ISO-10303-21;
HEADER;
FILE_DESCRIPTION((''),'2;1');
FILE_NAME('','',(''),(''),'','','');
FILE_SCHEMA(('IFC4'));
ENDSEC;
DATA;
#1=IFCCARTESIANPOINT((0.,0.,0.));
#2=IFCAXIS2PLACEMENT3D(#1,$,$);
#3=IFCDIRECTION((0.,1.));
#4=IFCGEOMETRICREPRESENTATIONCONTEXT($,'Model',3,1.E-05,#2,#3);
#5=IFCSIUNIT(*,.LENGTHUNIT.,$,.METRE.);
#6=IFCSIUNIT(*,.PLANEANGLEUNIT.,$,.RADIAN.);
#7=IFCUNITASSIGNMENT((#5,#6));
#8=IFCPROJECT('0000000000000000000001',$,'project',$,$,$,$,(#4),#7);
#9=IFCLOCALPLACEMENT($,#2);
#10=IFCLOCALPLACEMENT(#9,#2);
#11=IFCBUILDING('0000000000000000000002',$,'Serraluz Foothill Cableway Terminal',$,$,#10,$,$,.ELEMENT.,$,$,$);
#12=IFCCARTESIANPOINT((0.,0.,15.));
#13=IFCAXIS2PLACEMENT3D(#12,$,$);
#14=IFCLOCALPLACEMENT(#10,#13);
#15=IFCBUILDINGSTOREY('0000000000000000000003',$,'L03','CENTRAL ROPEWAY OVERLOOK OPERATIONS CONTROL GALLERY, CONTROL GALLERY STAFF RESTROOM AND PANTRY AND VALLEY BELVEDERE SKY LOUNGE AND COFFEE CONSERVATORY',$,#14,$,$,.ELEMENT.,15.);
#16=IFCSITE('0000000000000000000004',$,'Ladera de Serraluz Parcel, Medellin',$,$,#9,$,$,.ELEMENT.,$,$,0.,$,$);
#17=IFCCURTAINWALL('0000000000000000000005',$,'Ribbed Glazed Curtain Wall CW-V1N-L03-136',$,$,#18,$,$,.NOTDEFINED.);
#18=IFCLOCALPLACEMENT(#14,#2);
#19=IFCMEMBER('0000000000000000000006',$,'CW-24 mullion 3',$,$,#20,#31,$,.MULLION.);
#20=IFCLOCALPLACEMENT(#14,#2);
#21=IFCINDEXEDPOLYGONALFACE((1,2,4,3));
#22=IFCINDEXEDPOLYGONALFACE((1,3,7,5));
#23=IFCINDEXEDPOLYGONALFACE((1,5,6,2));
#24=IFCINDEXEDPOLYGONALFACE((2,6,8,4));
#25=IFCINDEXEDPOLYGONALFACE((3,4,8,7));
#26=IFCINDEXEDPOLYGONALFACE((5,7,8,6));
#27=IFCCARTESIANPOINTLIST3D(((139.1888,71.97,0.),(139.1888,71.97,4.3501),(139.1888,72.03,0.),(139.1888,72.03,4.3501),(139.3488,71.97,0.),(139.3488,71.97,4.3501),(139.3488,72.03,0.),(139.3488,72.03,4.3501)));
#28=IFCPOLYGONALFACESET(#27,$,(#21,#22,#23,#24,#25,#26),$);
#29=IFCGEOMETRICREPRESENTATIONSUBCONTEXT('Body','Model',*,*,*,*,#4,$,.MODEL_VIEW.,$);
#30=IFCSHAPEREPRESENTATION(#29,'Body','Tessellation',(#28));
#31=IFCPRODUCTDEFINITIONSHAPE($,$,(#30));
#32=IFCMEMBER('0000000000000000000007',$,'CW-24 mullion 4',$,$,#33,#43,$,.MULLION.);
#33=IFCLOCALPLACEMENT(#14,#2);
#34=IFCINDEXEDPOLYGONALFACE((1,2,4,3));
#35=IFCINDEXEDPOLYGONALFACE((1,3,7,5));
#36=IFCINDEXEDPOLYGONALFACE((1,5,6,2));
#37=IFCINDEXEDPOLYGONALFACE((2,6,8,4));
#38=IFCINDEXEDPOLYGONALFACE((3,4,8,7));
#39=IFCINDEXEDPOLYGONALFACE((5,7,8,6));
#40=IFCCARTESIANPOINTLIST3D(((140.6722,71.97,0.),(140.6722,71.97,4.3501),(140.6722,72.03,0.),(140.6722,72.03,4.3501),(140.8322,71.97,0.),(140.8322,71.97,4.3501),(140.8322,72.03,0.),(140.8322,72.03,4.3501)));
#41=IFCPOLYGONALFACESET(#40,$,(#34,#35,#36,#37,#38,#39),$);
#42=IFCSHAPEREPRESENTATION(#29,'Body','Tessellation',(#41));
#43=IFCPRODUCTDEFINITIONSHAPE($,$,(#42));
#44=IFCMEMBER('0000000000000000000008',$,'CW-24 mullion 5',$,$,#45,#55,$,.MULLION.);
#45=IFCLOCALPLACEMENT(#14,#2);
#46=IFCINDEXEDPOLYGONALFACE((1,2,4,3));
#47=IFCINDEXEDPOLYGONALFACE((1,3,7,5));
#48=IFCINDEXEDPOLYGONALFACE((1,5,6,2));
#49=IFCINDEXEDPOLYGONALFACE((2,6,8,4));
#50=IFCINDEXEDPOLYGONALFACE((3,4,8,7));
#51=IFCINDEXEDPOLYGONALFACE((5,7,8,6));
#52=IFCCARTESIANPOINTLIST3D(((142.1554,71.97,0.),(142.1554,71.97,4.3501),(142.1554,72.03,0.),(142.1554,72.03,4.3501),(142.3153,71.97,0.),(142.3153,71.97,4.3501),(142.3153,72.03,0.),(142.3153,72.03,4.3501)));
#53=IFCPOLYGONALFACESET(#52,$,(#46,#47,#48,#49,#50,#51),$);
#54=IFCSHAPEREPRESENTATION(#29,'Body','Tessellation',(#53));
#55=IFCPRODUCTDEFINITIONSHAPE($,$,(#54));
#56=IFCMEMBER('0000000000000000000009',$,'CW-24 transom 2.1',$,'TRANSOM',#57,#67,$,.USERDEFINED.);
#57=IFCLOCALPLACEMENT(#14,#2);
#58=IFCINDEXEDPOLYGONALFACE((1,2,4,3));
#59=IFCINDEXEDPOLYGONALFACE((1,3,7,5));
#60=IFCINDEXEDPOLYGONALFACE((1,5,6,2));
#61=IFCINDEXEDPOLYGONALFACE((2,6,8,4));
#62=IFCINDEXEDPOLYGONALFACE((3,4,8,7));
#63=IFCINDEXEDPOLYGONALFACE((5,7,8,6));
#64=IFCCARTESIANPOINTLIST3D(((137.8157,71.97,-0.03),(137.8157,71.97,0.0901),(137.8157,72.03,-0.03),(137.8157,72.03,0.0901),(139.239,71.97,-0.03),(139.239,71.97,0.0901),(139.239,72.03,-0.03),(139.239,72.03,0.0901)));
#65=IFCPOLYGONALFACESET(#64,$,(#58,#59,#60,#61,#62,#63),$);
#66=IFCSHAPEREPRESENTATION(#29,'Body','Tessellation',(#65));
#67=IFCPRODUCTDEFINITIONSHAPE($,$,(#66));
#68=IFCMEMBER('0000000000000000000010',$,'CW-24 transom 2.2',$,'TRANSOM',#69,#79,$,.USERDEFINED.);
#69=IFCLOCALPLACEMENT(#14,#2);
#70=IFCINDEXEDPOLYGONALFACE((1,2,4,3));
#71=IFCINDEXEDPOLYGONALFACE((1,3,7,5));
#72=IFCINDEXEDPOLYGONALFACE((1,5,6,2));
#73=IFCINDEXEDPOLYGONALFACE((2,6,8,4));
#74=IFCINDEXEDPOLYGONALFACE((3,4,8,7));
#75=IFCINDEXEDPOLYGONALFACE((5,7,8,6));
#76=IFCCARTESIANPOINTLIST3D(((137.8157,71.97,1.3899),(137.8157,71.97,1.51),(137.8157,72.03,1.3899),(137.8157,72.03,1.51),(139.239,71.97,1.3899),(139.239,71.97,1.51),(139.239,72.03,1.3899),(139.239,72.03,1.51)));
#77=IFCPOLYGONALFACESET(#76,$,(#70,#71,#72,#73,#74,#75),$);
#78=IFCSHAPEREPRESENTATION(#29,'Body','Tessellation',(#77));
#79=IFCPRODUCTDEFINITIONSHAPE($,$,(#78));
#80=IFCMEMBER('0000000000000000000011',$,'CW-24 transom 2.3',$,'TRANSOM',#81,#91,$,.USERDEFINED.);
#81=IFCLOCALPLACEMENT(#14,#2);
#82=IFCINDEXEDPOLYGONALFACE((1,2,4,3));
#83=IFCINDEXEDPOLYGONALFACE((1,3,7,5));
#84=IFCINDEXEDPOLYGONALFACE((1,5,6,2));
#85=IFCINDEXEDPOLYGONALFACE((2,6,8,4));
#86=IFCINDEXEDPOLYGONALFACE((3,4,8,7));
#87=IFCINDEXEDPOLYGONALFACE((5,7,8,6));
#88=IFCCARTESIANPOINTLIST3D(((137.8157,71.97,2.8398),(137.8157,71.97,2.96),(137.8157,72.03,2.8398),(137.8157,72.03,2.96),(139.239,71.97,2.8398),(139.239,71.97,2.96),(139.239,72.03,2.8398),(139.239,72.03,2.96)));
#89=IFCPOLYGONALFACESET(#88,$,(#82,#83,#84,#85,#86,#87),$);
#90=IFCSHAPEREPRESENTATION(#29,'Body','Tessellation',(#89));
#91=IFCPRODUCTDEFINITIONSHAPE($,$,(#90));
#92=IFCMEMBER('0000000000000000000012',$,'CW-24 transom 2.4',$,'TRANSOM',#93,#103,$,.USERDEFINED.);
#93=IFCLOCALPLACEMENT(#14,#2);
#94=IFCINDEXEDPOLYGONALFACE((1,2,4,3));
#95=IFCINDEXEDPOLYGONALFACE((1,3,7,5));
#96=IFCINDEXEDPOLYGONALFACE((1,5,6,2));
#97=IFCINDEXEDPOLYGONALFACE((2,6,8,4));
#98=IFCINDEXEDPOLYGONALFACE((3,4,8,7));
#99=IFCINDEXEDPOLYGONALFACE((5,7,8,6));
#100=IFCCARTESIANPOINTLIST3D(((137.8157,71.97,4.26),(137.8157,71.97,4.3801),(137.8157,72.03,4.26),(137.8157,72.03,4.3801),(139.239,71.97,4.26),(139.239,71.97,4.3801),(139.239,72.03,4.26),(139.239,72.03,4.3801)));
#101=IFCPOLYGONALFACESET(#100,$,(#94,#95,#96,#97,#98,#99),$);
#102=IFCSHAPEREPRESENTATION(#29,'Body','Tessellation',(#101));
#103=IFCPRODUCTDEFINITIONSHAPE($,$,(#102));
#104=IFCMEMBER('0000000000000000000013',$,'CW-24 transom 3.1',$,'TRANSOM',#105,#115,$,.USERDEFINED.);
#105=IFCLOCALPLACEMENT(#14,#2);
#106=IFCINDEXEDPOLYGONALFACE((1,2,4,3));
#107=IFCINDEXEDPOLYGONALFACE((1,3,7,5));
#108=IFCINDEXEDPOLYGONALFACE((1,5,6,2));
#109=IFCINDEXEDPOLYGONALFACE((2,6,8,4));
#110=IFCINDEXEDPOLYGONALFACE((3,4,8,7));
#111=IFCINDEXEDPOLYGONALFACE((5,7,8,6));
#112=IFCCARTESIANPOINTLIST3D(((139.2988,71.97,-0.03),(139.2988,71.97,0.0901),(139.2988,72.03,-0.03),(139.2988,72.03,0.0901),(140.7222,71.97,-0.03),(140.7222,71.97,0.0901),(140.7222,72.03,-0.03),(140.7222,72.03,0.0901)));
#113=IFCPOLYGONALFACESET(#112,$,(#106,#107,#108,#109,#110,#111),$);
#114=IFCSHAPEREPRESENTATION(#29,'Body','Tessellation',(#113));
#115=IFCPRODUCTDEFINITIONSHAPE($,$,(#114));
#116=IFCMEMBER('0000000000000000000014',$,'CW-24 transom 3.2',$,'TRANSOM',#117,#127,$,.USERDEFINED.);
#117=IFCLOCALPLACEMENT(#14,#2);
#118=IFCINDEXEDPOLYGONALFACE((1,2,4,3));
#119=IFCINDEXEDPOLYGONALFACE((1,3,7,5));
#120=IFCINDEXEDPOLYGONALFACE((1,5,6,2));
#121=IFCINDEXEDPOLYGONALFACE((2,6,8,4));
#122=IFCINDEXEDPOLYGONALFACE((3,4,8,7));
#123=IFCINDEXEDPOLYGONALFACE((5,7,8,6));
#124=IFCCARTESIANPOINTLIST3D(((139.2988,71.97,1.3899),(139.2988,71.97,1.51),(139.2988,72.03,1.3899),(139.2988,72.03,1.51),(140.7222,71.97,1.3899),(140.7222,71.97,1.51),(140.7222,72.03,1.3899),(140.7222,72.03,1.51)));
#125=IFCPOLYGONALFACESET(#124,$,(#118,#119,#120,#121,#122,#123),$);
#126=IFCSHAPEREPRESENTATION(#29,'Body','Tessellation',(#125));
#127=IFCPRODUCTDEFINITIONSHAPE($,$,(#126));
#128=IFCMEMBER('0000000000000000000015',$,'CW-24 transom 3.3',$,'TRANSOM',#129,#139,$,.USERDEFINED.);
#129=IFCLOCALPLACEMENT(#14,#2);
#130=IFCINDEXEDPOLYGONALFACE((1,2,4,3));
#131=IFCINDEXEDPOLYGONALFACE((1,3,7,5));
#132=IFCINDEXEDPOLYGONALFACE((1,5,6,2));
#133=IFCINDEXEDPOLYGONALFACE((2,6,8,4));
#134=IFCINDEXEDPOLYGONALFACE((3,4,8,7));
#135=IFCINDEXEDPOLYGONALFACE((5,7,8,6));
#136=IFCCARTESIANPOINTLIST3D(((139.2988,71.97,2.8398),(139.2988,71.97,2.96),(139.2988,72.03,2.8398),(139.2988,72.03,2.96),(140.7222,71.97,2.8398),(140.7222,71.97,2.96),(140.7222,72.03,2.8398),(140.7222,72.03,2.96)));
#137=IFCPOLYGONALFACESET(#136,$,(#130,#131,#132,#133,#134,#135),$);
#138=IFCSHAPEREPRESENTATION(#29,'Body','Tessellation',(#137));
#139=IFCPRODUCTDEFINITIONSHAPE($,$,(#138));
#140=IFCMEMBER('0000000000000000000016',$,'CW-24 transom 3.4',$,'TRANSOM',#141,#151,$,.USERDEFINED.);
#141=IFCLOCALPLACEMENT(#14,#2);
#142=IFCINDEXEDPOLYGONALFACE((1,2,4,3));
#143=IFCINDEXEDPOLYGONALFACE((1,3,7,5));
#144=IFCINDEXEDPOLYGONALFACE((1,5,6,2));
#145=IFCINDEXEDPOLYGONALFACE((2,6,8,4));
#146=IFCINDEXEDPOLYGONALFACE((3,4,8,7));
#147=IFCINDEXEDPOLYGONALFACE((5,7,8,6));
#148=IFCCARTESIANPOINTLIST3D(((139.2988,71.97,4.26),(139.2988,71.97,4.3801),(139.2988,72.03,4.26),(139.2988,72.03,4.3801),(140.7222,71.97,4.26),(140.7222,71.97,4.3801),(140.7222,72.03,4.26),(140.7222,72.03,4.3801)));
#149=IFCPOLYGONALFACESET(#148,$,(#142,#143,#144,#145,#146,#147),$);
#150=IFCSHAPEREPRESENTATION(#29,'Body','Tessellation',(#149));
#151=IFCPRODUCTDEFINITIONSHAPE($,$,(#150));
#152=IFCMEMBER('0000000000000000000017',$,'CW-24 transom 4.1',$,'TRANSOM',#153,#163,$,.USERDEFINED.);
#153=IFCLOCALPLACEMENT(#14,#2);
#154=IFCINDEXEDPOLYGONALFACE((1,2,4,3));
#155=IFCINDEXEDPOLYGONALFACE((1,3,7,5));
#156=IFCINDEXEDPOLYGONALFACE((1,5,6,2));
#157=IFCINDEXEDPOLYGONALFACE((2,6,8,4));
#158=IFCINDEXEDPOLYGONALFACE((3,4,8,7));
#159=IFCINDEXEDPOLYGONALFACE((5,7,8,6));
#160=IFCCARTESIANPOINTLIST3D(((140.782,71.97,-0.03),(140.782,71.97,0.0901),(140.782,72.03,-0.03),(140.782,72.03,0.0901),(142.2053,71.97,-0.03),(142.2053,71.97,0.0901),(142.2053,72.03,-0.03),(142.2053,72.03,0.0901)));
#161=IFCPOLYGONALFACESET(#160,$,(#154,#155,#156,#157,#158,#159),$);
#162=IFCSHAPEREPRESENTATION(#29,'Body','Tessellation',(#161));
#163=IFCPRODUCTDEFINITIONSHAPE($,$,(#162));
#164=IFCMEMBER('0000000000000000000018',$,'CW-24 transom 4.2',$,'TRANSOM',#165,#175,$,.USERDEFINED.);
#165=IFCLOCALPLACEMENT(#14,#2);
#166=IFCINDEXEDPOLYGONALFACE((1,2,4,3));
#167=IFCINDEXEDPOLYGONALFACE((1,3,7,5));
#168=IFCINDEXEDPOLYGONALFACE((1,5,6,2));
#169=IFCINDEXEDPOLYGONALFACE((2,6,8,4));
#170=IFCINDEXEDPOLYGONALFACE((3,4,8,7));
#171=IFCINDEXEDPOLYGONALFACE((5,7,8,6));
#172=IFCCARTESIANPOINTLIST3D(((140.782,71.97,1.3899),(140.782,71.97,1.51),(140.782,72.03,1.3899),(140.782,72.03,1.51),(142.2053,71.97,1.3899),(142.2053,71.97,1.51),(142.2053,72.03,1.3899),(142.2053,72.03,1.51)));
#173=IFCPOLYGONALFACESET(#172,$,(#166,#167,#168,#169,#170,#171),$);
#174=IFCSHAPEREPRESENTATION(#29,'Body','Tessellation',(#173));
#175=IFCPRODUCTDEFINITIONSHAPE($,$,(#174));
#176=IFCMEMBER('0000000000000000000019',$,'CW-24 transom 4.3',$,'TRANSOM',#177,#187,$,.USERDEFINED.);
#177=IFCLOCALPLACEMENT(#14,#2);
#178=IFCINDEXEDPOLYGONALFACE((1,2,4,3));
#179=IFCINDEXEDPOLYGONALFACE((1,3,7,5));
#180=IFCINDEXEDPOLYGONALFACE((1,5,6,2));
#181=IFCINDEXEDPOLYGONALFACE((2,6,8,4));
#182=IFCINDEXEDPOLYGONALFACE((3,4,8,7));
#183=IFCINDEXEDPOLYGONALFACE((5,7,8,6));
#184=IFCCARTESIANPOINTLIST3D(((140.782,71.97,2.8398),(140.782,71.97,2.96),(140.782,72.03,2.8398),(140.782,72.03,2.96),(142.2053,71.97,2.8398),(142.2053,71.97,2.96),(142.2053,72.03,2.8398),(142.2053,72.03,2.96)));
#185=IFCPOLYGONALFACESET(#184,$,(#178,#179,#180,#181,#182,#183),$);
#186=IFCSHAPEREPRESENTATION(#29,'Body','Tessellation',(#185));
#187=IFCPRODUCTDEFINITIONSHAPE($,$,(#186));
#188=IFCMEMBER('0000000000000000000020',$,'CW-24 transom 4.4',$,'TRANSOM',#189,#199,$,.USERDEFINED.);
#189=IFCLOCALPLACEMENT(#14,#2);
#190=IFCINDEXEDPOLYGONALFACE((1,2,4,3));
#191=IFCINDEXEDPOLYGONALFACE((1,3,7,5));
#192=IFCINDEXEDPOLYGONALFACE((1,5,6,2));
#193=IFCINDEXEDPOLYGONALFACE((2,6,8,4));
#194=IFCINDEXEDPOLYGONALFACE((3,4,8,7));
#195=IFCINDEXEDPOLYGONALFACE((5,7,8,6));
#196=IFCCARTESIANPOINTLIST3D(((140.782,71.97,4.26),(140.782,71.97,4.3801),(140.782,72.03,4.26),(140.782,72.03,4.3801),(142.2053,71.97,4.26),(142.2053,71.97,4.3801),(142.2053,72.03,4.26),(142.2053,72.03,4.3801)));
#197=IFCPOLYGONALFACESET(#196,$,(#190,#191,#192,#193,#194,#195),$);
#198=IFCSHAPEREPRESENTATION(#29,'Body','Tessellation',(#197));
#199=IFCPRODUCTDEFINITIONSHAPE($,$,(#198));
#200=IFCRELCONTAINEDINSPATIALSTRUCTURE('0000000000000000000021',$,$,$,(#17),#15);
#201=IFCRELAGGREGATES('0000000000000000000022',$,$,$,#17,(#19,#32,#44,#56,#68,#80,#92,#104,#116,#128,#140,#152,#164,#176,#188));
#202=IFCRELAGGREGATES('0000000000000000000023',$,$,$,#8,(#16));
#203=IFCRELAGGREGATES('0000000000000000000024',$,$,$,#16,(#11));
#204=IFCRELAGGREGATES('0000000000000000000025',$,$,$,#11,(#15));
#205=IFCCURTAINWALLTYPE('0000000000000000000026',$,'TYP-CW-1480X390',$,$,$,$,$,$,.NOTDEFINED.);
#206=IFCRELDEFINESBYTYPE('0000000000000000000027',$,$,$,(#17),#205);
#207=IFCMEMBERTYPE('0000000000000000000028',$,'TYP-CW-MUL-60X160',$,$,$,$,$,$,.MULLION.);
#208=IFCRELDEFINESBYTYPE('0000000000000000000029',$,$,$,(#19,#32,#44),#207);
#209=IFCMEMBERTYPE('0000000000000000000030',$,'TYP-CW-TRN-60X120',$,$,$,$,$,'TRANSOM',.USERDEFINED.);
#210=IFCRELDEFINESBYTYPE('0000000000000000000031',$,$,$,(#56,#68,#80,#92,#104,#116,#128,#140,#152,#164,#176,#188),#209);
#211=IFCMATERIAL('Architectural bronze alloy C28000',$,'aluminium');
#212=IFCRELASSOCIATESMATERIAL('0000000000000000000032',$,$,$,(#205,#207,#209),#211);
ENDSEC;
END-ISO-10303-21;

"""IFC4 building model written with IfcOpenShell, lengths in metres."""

from ifc_helpers import new_model, si_unit, direction, frame, origin, origin_2d, place, context, subcontext, project, spatial, rectangle, extrude, material, material_profile, profile_set, type_object, element, aggregate, save


model = new_model("IFC4")

# Units and contexts
model_context = context("Model", 3, precision=1e-05, world=origin(), true_north=direction((0.0, 1.0)))
body_context = subcontext(model_context, "Body", "Model", "MODEL_VIEW")
ifc_project = project(units=[si_unit("LENGTHUNIT", "METRE"), si_unit("PLANEANGLEUNIT", "RADIAN")], contexts=[model_context])

# Site, building, storey
site_placement = place(None, origin())
site = spatial("IfcSite", under=ifc_project, at=site_placement, Name="Ladera de Serraluz Parcel, Medellin", CompositionType="ELEMENT", RefElevation=0.0)
building_placement = place(site_placement, origin())
building = spatial("IfcBuilding", under=site, at=building_placement, Name="Serraluz Foothill Cableway Terminal", CompositionType="ELEMENT")
storey_placement = place(building_placement, frame((0.0, 0.0, 15.0)))
storey = spatial("IfcBuildingStorey", under=building, at=storey_placement, Name="L03", Description="CENTRAL ROPEWAY OVERLOOK OPERATIONS CONTROL GALLERY, CONTROL GALLERY STAFF RESTROOM AND PANTRY AND VALLEY BELVEDERE SKY LOUNGE AND COFFEE CONSERVATORY", CompositionType="ELEMENT", Elevation=15.0)

# Curtain wall, members
ifc_material_1 = material(Name="Architectural bronze alloy C28000", Category="aluminium")
curtain_wall_type = type_object("IfcCurtainWallType", Name="TYP-CW-1480X390", PredefinedType="NOTDEFINED", material=ifc_material_1)
curtain_wall_placement = place(storey_placement, origin())
curtain_wall = element("IfcCurtainWall", 1, at=curtain_wall_placement, inside=storey, type_object=curtain_wall_type, Name="Ribbed Glazed Curtain Wall CW-V1N-L03-136", PredefinedType="NOTDEFINED")
ifc_material_profile_1 = material_profile(ifc_material_1, rectangle(XDim=0.0601, YDim=0.1599, at=origin_2d()), Name="ALU MULLION 60x160")
ifc_profile_set_1 = profile_set([ifc_material_profile_1], Name="Architectural bronze alloy C28000")
member_type_1 = type_object("IfcMemberType", Name="TYP-CW-MUL-60X160", PredefinedType="MULLION", material=ifc_profile_set_1)
member_1_placement = place(storey_placement, frame((139.2688, 72.0, 0.0), z_axis=(0.0, 0.0, 1.0), x_axis=(0.0, 1.0, 0.0)))
member_1 = element("IfcMember", 2, at=member_1_placement, type_object=member_type_1, Name="CW-24 mullion 3", PredefinedType="MULLION", context=body_context, shape_type="SweptSolid", body=[
    extrude(rectangle(XDim=0.0601, YDim=0.1599, at=origin_2d()), origin(), (0.0, 0.0, 1.0), 4.3501),
])
member_2_placement = place(storey_placement, frame((140.7522, 72.0, 0.0), z_axis=(0.0, 0.0, 1.0), x_axis=(0.0, 1.0, 0.0)))
member_2 = element("IfcMember", 3, at=member_2_placement, type_object=member_type_1, Name="CW-24 mullion 4", PredefinedType="MULLION", context=body_context, shape_type="SweptSolid", body=[
    extrude(rectangle(XDim=0.0601, YDim=0.1599, at=origin_2d()), origin(), (0.0, 0.0, 1.0), 4.3501),
])
member_3_placement = place(storey_placement, frame((142.2354, 72.0, 0.0), z_axis=(0.0, 0.0, 1.0), x_axis=(0.0, 1.0, 0.0)))
member_3 = element("IfcMember", 4, at=member_3_placement, type_object=member_type_1, Name="CW-24 mullion 5", PredefinedType="MULLION", context=body_context, shape_type="SweptSolid", body=[
    extrude(rectangle(XDim=0.0601, YDim=0.1599, at=origin_2d()), origin(), (0.0, 0.0, 1.0), 4.3501),
])
ifc_material_profile_2 = material_profile(ifc_material_1, rectangle(XDim=0.0601, YDim=0.1201, at=origin_2d()), Name="ALU TRANSOM 60x120")
ifc_profile_set_2 = profile_set([ifc_material_profile_2], Name="Architectural bronze alloy C28000")
member_type_2 = type_object("IfcMemberType", Name="TYP-CW-TRN-60X120", ElementType="TRANSOM", PredefinedType="USERDEFINED", material=ifc_profile_set_2)
member_4_placement = place(storey_placement, frame((137.8157, 72.0, 0.03), z_axis=(1.0, 0.0, 0.0), x_axis=(0.0, 1.0, 0.0)))
member_4 = element("IfcMember", 5, at=member_4_placement, type_object=member_type_2, Name="CW-24 transom 2.1", ObjectType="TRANSOM", PredefinedType="USERDEFINED", context=body_context, shape_type="SweptSolid", body=[
    extrude(rectangle(XDim=0.0601, YDim=0.1201, at=origin_2d()), origin(), (0.0, 0.0, 1.0), 1.4233),
])
member_5_placement = place(storey_placement, frame((137.8157, 72.0, 1.45), z_axis=(1.0, 0.0, 0.0), x_axis=(0.0, 1.0, 0.0)))
member_5 = element("IfcMember", 6, at=member_5_placement, type_object=member_type_2, Name="CW-24 transom 2.2", ObjectType="TRANSOM", PredefinedType="USERDEFINED", context=body_context, shape_type="SweptSolid", body=[
    extrude(rectangle(XDim=0.0601, YDim=0.1201, at=origin_2d()), origin(), (0.0, 0.0, 1.0), 1.4233),
])
member_6_placement = place(storey_placement, frame((137.8157, 72.0, 2.8999), z_axis=(1.0, 0.0, 0.0), x_axis=(0.0, 1.0, 0.0)))
member_6 = element("IfcMember", 7, at=member_6_placement, type_object=member_type_2, Name="CW-24 transom 2.3", ObjectType="TRANSOM", PredefinedType="USERDEFINED", context=body_context, shape_type="SweptSolid", body=[
    extrude(rectangle(XDim=0.0601, YDim=0.1201, at=origin_2d()), origin(), (0.0, 0.0, 1.0), 1.4233),
])
member_7_placement = place(storey_placement, frame((137.8157, 72.0, 4.3201), z_axis=(1.0, 0.0, 0.0), x_axis=(0.0, 1.0, 0.0)))
member_7 = element("IfcMember", 8, at=member_7_placement, type_object=member_type_2, Name="CW-24 transom 2.4", ObjectType="TRANSOM", PredefinedType="USERDEFINED", context=body_context, shape_type="SweptSolid", body=[
    extrude(rectangle(XDim=0.0601, YDim=0.1201, at=origin_2d()), origin(), (0.0, 0.0, 1.0), 1.4233),
])
member_8_placement = place(storey_placement, frame((139.2988, 72.0, 0.03), z_axis=(1.0, 0.0, 0.0), x_axis=(0.0, 1.0, 0.0)))
member_8 = element("IfcMember", 9, at=member_8_placement, type_object=member_type_2, Name="CW-24 transom 3.1", ObjectType="TRANSOM", PredefinedType="USERDEFINED", context=body_context, shape_type="SweptSolid", body=[
    extrude(rectangle(XDim=0.0601, YDim=0.1201, at=origin_2d()), origin(), (0.0, 0.0, 1.0), 1.4233),
])
member_9_placement = place(storey_placement, frame((139.2988, 72.0, 1.45), z_axis=(1.0, 0.0, 0.0), x_axis=(0.0, 1.0, 0.0)))
member_9 = element("IfcMember", 10, at=member_9_placement, type_object=member_type_2, Name="CW-24 transom 3.2", ObjectType="TRANSOM", PredefinedType="USERDEFINED", context=body_context, shape_type="SweptSolid", body=[
    extrude(rectangle(XDim=0.0601, YDim=0.1201, at=origin_2d()), origin(), (0.0, 0.0, 1.0), 1.4233),
])
member_10_placement = place(storey_placement, frame((139.2988, 72.0, 2.8999), z_axis=(1.0, 0.0, 0.0), x_axis=(0.0, 1.0, 0.0)))
member_10 = element("IfcMember", 11, at=member_10_placement, type_object=member_type_2, Name="CW-24 transom 3.3", ObjectType="TRANSOM", PredefinedType="USERDEFINED", context=body_context, shape_type="SweptSolid", body=[
    extrude(rectangle(XDim=0.0601, YDim=0.1201, at=origin_2d()), origin(), (0.0, 0.0, 1.0), 1.4233),
])
member_11_placement = place(storey_placement, frame((139.2988, 72.0, 4.3201), z_axis=(1.0, 0.0, 0.0), x_axis=(0.0, 1.0, 0.0)))
member_11 = element("IfcMember", 12, at=member_11_placement, type_object=member_type_2, Name="CW-24 transom 3.4", ObjectType="TRANSOM", PredefinedType="USERDEFINED", context=body_context, shape_type="SweptSolid", body=[
    extrude(rectangle(XDim=0.0601, YDim=0.1201, at=origin_2d()), origin(), (0.0, 0.0, 1.0), 1.4233),
])
member_12_placement = place(storey_placement, frame((140.782, 72.0, 0.03), z_axis=(1.0, 0.0, 0.0), x_axis=(0.0, 1.0, 0.0)))
member_12 = element("IfcMember", 13, at=member_12_placement, type_object=member_type_2, Name="CW-24 transom 4.1", ObjectType="TRANSOM", PredefinedType="USERDEFINED", context=body_context, shape_type="SweptSolid", body=[
    extrude(rectangle(XDim=0.0601, YDim=0.1201, at=origin_2d()), origin(), (0.0, 0.0, 1.0), 1.4233),
])
member_13_placement = place(storey_placement, frame((140.782, 72.0, 1.45), z_axis=(1.0, 0.0, 0.0), x_axis=(0.0, 1.0, 0.0)))
member_13 = element("IfcMember", 14, at=member_13_placement, type_object=member_type_2, Name="CW-24 transom 4.2", ObjectType="TRANSOM", PredefinedType="USERDEFINED", context=body_context, shape_type="SweptSolid", body=[
    extrude(rectangle(XDim=0.0601, YDim=0.1201, at=origin_2d()), origin(), (0.0, 0.0, 1.0), 1.4233),
])
member_14_placement = place(storey_placement, frame((140.782, 72.0, 2.8999), z_axis=(1.0, 0.0, 0.0), x_axis=(0.0, 1.0, 0.0)))
member_14 = element("IfcMember", 15, at=member_14_placement, type_object=member_type_2, Name="CW-24 transom 4.3", ObjectType="TRANSOM", PredefinedType="USERDEFINED", context=body_context, shape_type="SweptSolid", body=[
    extrude(rectangle(XDim=0.0601, YDim=0.1201, at=origin_2d()), origin(), (0.0, 0.0, 1.0), 1.4233),
])
member_15_placement = place(storey_placement, frame((140.782, 72.0, 4.3201), z_axis=(1.0, 0.0, 0.0), x_axis=(0.0, 1.0, 0.0)))
member_15 = element("IfcMember", 16, at=member_15_placement, type_object=member_type_2, Name="CW-24 transom 4.4", ObjectType="TRANSOM", PredefinedType="USERDEFINED", context=body_context, shape_type="SweptSolid", body=[
    extrude(rectangle(XDim=0.0601, YDim=0.1201, at=origin_2d()), origin(), (0.0, 0.0, 1.0), 1.4233),
])
aggregate(curtain_wall, [member_1, member_2, member_3, member_4, member_5, member_6, member_7, member_8, member_9, member_10, member_11, member_12, member_13, member_14, member_15])

save(model, "model.ifc")
